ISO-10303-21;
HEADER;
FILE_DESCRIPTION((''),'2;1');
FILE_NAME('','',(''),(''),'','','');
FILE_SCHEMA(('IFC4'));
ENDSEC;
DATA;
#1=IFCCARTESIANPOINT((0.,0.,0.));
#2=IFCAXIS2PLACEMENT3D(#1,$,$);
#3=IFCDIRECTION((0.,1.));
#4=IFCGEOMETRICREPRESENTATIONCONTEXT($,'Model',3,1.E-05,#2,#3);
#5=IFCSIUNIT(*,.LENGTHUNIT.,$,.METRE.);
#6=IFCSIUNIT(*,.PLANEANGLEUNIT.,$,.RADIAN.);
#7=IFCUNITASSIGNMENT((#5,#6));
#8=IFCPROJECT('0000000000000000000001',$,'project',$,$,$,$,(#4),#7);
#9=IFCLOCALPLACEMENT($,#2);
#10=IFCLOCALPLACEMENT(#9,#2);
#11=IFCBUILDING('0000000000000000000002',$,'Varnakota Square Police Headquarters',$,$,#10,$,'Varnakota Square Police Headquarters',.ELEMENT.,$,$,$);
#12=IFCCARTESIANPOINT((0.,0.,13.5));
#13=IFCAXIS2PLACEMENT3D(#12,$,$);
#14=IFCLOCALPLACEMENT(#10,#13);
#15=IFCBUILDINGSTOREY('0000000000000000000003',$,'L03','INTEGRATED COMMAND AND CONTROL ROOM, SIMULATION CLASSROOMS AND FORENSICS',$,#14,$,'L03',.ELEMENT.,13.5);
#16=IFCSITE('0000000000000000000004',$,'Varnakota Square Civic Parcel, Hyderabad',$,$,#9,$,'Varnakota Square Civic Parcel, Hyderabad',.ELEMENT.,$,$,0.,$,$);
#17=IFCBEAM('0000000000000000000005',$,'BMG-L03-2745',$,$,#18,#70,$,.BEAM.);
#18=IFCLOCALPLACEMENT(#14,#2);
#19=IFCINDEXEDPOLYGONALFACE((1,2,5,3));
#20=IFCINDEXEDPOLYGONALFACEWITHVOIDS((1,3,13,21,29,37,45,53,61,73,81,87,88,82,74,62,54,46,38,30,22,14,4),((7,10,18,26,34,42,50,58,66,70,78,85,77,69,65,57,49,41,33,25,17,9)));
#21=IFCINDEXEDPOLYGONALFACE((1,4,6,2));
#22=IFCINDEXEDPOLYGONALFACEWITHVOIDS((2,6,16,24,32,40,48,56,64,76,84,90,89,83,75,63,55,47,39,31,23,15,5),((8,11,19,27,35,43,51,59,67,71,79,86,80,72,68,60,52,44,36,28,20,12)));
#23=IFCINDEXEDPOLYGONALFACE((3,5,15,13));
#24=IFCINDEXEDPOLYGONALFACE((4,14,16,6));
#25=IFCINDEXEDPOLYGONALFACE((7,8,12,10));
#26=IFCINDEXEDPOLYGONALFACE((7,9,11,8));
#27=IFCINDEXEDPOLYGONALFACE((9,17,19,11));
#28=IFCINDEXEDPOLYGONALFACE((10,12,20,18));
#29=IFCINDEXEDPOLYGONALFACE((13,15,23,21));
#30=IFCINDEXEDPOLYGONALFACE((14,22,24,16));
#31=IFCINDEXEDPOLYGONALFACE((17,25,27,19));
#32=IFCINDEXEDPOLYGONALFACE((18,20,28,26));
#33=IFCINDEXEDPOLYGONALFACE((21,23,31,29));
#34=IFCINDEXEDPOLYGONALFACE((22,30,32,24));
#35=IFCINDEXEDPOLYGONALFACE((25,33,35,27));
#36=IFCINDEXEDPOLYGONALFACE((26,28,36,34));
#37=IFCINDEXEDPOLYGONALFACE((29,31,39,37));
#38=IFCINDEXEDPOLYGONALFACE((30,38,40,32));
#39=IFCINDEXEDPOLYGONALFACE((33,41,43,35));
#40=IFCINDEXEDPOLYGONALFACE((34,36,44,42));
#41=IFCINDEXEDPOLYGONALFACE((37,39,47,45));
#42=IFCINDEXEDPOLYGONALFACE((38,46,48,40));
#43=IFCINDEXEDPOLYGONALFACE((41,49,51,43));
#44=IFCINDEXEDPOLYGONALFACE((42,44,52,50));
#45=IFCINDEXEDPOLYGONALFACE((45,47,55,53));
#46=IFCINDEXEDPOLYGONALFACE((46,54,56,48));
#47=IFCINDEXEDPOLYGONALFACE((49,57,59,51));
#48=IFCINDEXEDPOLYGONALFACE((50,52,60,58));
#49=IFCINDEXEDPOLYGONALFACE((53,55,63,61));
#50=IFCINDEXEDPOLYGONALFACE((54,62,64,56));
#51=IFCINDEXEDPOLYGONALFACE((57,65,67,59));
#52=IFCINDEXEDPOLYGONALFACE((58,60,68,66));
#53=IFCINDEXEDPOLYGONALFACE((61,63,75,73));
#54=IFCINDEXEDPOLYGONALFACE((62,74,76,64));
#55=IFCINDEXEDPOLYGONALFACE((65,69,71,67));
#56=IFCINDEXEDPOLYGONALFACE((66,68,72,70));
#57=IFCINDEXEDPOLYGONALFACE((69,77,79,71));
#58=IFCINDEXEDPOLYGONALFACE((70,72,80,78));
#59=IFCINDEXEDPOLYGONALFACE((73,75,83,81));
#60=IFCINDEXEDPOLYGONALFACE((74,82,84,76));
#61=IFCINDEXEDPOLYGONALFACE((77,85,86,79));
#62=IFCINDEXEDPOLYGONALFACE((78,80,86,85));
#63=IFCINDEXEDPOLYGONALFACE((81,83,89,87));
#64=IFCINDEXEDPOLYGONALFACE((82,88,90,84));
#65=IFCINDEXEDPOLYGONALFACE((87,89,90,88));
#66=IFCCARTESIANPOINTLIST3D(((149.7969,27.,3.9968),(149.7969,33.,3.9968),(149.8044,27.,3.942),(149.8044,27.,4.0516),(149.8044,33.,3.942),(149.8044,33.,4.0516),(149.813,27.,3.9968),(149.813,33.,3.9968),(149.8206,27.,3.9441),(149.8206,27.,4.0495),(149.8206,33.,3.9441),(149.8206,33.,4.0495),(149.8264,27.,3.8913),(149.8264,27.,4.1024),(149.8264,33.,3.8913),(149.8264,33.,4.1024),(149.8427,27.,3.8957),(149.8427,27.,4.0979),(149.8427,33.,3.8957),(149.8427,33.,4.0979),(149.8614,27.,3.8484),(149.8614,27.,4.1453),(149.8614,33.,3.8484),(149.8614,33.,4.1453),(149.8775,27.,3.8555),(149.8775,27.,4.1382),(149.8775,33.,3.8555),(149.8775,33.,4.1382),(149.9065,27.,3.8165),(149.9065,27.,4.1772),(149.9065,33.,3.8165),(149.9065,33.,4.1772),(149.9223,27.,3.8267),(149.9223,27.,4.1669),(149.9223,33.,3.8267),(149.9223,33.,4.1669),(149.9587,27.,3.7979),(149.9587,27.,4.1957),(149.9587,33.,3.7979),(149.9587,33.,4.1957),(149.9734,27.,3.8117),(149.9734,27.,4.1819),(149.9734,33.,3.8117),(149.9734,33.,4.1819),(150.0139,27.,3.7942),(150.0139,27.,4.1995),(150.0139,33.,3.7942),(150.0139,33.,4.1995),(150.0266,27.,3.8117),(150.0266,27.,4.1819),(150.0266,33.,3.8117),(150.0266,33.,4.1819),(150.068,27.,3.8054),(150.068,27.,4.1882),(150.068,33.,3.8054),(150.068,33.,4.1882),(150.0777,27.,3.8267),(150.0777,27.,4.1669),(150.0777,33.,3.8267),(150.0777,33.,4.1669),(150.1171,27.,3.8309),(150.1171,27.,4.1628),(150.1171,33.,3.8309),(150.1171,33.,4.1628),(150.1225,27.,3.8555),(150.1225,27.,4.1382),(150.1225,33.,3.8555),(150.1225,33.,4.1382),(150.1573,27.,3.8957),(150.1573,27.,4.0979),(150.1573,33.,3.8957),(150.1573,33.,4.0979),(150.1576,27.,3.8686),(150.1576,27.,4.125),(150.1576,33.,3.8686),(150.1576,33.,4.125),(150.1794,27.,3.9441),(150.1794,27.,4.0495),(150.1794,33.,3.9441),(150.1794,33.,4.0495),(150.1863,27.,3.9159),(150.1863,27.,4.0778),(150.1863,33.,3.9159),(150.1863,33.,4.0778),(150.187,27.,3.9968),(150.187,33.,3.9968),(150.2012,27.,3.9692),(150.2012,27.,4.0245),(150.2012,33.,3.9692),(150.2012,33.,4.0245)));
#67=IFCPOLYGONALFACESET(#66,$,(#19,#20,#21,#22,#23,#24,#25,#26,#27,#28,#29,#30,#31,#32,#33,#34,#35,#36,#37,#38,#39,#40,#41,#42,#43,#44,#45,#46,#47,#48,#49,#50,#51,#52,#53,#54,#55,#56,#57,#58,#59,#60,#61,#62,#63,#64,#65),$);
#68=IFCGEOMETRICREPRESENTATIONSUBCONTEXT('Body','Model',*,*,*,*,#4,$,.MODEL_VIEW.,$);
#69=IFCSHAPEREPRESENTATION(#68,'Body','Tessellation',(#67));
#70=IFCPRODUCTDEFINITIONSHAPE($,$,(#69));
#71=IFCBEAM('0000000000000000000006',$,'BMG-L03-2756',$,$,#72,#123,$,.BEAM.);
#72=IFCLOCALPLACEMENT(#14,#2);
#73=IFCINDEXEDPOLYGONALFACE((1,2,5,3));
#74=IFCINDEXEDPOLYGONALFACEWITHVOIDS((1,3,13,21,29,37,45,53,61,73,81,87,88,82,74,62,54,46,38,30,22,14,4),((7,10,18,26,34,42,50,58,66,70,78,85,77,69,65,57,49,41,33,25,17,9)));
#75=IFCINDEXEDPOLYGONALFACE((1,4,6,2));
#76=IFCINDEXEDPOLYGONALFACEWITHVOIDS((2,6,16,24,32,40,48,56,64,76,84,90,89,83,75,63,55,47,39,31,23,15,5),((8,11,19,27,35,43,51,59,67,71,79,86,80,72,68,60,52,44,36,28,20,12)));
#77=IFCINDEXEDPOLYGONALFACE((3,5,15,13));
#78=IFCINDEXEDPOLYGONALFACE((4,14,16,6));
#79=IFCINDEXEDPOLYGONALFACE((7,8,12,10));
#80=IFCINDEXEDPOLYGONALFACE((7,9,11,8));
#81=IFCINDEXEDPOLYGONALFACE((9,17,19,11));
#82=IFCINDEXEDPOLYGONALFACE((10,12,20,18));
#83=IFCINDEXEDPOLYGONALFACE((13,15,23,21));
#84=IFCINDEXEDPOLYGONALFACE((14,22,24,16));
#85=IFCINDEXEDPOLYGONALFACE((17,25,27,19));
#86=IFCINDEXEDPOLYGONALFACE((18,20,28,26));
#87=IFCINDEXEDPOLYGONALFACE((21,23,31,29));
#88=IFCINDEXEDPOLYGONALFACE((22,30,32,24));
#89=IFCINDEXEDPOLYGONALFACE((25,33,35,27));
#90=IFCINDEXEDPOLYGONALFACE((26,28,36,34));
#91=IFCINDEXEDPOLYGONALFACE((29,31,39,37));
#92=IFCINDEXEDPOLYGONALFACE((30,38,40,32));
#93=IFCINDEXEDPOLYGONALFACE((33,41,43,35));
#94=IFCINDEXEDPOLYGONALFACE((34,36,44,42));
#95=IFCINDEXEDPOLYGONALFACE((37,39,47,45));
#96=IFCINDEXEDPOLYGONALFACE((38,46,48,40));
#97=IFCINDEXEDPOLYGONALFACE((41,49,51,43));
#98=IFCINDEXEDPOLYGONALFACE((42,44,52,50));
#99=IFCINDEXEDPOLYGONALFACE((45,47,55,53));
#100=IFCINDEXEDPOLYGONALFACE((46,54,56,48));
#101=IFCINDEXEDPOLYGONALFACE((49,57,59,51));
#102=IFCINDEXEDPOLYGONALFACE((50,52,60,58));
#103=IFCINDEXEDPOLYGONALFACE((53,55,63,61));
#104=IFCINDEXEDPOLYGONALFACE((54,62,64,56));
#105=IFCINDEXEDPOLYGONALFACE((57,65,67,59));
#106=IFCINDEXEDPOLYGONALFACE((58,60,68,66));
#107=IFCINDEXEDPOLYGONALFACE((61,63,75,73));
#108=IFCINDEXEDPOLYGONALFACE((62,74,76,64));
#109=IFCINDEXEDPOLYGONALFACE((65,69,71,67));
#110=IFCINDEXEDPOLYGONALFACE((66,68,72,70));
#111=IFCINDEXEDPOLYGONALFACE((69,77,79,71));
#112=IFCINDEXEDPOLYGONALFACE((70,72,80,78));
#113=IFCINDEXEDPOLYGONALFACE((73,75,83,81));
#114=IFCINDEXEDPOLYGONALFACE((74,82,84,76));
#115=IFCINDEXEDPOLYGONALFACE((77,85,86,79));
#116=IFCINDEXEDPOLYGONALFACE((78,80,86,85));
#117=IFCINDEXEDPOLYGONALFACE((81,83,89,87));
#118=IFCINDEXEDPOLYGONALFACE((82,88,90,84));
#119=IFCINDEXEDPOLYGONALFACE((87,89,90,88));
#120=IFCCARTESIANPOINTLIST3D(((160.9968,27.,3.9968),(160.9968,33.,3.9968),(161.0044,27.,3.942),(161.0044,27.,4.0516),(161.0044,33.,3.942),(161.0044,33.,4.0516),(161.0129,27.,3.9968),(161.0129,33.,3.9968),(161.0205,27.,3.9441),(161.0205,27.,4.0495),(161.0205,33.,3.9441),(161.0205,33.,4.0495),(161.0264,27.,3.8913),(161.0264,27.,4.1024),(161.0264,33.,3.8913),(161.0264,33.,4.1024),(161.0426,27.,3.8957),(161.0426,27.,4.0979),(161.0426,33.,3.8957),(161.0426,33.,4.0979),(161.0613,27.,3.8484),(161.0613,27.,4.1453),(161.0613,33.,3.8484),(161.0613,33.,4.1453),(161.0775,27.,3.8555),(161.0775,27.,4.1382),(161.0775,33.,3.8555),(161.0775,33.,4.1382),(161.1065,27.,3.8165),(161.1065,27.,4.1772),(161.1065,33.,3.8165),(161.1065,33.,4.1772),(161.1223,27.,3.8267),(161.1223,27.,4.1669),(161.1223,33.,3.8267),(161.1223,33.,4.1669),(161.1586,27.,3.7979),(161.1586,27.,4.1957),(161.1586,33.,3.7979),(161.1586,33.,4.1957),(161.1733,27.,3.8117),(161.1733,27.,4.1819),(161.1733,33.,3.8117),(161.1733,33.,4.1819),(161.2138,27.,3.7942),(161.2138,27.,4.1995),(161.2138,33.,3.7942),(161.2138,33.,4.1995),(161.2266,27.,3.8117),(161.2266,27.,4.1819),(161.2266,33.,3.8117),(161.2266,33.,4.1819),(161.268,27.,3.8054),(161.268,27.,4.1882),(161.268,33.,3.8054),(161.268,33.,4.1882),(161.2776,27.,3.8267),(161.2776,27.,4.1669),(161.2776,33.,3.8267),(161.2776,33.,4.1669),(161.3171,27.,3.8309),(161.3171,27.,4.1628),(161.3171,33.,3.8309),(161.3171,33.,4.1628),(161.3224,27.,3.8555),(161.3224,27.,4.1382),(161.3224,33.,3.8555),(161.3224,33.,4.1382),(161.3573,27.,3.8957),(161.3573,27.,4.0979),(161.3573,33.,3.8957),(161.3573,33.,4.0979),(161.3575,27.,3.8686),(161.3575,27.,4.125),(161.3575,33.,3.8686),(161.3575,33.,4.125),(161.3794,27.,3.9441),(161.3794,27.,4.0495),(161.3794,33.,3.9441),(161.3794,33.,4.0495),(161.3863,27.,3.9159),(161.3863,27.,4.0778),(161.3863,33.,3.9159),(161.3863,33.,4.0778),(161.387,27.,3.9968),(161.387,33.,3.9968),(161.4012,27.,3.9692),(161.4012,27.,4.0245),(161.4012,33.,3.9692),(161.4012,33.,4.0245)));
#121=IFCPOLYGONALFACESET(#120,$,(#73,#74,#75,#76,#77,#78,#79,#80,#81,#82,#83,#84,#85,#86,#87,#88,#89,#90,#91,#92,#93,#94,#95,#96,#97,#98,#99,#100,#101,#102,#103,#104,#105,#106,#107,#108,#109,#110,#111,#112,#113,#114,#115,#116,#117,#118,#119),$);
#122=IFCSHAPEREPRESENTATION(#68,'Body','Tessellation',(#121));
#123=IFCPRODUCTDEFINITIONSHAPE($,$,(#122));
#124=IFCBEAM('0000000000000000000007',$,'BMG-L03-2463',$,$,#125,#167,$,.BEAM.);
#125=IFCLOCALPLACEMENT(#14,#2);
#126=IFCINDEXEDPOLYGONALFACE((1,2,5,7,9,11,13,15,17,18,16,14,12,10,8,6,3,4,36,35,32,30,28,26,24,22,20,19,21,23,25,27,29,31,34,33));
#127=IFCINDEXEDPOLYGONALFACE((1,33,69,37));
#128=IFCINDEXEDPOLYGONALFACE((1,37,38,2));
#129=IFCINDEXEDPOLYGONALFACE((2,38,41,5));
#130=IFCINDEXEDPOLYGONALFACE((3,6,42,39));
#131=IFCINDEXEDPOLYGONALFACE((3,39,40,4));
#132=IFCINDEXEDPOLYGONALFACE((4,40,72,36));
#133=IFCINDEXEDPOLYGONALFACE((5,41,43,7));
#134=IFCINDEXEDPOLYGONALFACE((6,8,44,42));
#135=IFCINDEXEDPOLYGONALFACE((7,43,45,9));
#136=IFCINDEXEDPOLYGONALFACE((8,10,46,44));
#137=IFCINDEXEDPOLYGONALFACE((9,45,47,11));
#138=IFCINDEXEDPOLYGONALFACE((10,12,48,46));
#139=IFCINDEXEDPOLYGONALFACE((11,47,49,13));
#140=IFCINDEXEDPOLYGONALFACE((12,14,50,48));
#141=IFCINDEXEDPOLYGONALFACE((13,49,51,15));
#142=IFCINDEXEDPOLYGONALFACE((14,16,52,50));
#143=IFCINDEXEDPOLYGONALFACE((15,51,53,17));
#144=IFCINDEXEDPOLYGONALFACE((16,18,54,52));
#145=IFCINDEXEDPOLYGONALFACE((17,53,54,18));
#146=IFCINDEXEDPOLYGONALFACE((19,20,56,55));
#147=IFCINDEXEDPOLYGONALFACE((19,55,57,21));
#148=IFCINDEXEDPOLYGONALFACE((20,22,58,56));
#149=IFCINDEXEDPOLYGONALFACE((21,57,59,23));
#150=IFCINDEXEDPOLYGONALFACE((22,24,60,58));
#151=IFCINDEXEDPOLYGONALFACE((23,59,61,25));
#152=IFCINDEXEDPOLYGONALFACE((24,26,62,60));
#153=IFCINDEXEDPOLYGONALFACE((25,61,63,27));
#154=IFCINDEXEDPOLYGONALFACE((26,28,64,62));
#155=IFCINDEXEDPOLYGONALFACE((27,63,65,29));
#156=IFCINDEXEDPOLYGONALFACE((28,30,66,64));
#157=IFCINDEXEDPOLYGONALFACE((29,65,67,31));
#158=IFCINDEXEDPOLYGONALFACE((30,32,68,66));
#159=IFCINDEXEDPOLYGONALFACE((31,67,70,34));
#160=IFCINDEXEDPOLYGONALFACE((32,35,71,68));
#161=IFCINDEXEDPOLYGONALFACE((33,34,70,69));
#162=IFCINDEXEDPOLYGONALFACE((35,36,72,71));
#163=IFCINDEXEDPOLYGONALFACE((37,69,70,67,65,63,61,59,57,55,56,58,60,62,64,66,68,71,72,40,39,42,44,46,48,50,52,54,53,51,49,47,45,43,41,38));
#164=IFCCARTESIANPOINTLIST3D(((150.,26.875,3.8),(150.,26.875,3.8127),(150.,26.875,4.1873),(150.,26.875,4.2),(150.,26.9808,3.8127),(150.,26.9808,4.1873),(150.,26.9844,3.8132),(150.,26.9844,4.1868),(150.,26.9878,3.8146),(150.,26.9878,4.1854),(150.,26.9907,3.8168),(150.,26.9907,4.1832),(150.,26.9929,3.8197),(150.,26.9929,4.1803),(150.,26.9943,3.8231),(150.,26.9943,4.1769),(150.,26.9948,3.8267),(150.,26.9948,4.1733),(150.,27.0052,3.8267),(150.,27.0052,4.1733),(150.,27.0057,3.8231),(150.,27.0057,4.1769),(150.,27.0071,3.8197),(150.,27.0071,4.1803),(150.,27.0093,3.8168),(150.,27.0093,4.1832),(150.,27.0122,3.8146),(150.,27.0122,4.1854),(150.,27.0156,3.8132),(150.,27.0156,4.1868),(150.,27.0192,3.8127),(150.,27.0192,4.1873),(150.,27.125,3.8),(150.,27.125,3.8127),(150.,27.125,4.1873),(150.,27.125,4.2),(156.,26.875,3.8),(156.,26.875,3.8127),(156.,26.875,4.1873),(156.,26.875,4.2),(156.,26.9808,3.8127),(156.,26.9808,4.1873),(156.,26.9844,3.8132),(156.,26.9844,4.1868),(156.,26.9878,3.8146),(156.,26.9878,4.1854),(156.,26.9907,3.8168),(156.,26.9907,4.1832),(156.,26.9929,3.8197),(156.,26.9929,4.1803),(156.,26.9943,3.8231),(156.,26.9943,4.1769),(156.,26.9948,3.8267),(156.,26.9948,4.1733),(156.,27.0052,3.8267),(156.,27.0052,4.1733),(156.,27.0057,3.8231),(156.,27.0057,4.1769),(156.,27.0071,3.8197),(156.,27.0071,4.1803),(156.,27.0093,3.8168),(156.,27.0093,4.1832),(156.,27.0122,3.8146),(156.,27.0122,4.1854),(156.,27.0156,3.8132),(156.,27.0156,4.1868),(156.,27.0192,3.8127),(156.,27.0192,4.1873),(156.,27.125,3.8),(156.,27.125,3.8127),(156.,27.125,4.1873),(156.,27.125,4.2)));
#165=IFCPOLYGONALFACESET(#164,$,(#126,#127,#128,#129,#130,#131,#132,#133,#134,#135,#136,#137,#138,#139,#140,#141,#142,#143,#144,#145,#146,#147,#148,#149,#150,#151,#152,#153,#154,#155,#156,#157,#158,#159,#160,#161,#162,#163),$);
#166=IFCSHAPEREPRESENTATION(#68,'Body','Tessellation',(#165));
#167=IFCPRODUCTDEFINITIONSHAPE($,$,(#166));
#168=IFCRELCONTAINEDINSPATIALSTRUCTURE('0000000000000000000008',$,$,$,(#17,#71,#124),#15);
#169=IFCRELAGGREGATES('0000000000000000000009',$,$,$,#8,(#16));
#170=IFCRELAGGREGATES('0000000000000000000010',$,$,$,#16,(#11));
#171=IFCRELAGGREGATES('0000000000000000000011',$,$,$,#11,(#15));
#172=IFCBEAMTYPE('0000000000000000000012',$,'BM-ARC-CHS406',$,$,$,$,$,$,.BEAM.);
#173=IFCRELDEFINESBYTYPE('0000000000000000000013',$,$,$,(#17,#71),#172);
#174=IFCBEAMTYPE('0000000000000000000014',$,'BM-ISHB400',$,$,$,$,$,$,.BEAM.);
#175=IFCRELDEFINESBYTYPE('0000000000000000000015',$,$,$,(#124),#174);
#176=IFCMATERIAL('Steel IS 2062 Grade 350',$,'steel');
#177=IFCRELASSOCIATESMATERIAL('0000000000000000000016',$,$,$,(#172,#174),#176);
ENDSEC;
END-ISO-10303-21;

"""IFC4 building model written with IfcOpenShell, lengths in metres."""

from ifc_helpers import new_model, si_unit, direction, frame, origin, origin_2d, place, context, subcontext, project, spatial, hollow_circle, i_section, extrude, material, material_profile, profile_set, type_object, element, save


model = new_model("IFC4")

# Units and contexts
model_context = context("Model", 3, precision=1e-05, world=origin(), true_north=direction((0.0, 1.0)))
body_context = subcontext(model_context, "Body", "Model", "MODEL_VIEW")
ifc_project = project(units=[si_unit("LENGTHUNIT", "METRE"), si_unit("PLANEANGLEUNIT", "RADIAN")], contexts=[model_context])

# Site, building, storey
site_placement = place(None, origin())
site = spatial("IfcSite", under=ifc_project, at=site_placement, Name="Varnakota Square Civic Parcel, Hyderabad", LongName="Varnakota Square Civic Parcel, Hyderabad", CompositionType="ELEMENT", RefElevation=0.0)
building_placement = place(site_placement, origin())
building = spatial("IfcBuilding", under=site, at=building_placement, Name="Varnakota Square Police Headquarters", LongName="Varnakota Square Police Headquarters", CompositionType="ELEMENT")
storey_placement = place(building_placement, frame((0.0, 0.0, 13.5)))
storey = spatial("IfcBuildingStorey", under=building, at=storey_placement, Name="L03", Description="INTEGRATED COMMAND AND CONTROL ROOM, SIMULATION CLASSROOMS AND FORENSICS", LongName="L03", CompositionType="ELEMENT", Elevation=13.5)

# Shared definitions
ifc_material_1 = material(Name="Steel IS 2062 Grade 350", Category="steel")

# Beams
ifc_material_profile_1 = material_profile(ifc_material_1, hollow_circle(Radius=0.2031, WallThickness=0.0161, at=origin_2d()), Name="CHS 406.4x16.0")
ifc_profile_set_1 = profile_set([ifc_material_profile_1], Name="Steel IS 2062 Grade 350")
beam_type_1 = type_object("IfcBeamType", Name="BM-ARC-CHS406", PredefinedType="BEAM", material=ifc_profile_set_1)
for number, where, z_axis, x_axis, name in (
    (1, (150.0, 27.0, 3.9968), (0.0, 1.0, 0.0), (-1.0, 0.0, 0.0), "BMG-L03-2745"),
    (2, (161.2, 27.0, 3.9968), (0.0, 1.0, 0.0), (-1.0, 0.0, 0.0), "BMG-L03-2756"),
):
    element("IfcBeam", number, at=place(storey_placement, frame(where, z_axis=z_axis, x_axis=x_axis)), inside=storey, type_object=beam_type_1, Name=name, PredefinedType="BEAM", context=body_context, shape_type="SweptSolid", body=[
        extrude(hollow_circle(Radius=0.2031, WallThickness=0.0161, at=origin_2d()), origin(), (0.0, 0.0, 1.0), 6.0),
    ])
ifc_material_profile_2 = material_profile(ifc_material_1, i_section(OverallWidth=0.25, OverallDepth=0.3999, WebThickness=0.0105, FlangeThickness=0.0127, FilletRadius=0.0139, at=origin_2d()), Name="ISHB 400")
ifc_profile_set_2 = profile_set([ifc_material_profile_2], Name="Steel IS 2062 Grade 350")
beam_type_2 = type_object("IfcBeamType", Name="BM-ISHB400", PredefinedType="BEAM", material=ifc_profile_set_2)
beam_1_placement = place(storey_placement, frame((150.0, 27.0, 4.0), z_axis=(1.0, 0.0, 0.0), x_axis=(0.0, 1.0, 0.0)))
element("IfcBeam", 3, at=beam_1_placement, inside=storey, type_object=beam_type_2, Name="BMG-L03-2463", PredefinedType="BEAM", context=body_context, shape_type="SweptSolid", body=[
    extrude(i_section(OverallWidth=0.25, OverallDepth=0.3999, WebThickness=0.0105, FlangeThickness=0.0127, FilletRadius=0.0139, at=origin_2d()), origin(), (0.0, 0.0, 1.0), 6.0),
])

save(model, "model.ifc")
